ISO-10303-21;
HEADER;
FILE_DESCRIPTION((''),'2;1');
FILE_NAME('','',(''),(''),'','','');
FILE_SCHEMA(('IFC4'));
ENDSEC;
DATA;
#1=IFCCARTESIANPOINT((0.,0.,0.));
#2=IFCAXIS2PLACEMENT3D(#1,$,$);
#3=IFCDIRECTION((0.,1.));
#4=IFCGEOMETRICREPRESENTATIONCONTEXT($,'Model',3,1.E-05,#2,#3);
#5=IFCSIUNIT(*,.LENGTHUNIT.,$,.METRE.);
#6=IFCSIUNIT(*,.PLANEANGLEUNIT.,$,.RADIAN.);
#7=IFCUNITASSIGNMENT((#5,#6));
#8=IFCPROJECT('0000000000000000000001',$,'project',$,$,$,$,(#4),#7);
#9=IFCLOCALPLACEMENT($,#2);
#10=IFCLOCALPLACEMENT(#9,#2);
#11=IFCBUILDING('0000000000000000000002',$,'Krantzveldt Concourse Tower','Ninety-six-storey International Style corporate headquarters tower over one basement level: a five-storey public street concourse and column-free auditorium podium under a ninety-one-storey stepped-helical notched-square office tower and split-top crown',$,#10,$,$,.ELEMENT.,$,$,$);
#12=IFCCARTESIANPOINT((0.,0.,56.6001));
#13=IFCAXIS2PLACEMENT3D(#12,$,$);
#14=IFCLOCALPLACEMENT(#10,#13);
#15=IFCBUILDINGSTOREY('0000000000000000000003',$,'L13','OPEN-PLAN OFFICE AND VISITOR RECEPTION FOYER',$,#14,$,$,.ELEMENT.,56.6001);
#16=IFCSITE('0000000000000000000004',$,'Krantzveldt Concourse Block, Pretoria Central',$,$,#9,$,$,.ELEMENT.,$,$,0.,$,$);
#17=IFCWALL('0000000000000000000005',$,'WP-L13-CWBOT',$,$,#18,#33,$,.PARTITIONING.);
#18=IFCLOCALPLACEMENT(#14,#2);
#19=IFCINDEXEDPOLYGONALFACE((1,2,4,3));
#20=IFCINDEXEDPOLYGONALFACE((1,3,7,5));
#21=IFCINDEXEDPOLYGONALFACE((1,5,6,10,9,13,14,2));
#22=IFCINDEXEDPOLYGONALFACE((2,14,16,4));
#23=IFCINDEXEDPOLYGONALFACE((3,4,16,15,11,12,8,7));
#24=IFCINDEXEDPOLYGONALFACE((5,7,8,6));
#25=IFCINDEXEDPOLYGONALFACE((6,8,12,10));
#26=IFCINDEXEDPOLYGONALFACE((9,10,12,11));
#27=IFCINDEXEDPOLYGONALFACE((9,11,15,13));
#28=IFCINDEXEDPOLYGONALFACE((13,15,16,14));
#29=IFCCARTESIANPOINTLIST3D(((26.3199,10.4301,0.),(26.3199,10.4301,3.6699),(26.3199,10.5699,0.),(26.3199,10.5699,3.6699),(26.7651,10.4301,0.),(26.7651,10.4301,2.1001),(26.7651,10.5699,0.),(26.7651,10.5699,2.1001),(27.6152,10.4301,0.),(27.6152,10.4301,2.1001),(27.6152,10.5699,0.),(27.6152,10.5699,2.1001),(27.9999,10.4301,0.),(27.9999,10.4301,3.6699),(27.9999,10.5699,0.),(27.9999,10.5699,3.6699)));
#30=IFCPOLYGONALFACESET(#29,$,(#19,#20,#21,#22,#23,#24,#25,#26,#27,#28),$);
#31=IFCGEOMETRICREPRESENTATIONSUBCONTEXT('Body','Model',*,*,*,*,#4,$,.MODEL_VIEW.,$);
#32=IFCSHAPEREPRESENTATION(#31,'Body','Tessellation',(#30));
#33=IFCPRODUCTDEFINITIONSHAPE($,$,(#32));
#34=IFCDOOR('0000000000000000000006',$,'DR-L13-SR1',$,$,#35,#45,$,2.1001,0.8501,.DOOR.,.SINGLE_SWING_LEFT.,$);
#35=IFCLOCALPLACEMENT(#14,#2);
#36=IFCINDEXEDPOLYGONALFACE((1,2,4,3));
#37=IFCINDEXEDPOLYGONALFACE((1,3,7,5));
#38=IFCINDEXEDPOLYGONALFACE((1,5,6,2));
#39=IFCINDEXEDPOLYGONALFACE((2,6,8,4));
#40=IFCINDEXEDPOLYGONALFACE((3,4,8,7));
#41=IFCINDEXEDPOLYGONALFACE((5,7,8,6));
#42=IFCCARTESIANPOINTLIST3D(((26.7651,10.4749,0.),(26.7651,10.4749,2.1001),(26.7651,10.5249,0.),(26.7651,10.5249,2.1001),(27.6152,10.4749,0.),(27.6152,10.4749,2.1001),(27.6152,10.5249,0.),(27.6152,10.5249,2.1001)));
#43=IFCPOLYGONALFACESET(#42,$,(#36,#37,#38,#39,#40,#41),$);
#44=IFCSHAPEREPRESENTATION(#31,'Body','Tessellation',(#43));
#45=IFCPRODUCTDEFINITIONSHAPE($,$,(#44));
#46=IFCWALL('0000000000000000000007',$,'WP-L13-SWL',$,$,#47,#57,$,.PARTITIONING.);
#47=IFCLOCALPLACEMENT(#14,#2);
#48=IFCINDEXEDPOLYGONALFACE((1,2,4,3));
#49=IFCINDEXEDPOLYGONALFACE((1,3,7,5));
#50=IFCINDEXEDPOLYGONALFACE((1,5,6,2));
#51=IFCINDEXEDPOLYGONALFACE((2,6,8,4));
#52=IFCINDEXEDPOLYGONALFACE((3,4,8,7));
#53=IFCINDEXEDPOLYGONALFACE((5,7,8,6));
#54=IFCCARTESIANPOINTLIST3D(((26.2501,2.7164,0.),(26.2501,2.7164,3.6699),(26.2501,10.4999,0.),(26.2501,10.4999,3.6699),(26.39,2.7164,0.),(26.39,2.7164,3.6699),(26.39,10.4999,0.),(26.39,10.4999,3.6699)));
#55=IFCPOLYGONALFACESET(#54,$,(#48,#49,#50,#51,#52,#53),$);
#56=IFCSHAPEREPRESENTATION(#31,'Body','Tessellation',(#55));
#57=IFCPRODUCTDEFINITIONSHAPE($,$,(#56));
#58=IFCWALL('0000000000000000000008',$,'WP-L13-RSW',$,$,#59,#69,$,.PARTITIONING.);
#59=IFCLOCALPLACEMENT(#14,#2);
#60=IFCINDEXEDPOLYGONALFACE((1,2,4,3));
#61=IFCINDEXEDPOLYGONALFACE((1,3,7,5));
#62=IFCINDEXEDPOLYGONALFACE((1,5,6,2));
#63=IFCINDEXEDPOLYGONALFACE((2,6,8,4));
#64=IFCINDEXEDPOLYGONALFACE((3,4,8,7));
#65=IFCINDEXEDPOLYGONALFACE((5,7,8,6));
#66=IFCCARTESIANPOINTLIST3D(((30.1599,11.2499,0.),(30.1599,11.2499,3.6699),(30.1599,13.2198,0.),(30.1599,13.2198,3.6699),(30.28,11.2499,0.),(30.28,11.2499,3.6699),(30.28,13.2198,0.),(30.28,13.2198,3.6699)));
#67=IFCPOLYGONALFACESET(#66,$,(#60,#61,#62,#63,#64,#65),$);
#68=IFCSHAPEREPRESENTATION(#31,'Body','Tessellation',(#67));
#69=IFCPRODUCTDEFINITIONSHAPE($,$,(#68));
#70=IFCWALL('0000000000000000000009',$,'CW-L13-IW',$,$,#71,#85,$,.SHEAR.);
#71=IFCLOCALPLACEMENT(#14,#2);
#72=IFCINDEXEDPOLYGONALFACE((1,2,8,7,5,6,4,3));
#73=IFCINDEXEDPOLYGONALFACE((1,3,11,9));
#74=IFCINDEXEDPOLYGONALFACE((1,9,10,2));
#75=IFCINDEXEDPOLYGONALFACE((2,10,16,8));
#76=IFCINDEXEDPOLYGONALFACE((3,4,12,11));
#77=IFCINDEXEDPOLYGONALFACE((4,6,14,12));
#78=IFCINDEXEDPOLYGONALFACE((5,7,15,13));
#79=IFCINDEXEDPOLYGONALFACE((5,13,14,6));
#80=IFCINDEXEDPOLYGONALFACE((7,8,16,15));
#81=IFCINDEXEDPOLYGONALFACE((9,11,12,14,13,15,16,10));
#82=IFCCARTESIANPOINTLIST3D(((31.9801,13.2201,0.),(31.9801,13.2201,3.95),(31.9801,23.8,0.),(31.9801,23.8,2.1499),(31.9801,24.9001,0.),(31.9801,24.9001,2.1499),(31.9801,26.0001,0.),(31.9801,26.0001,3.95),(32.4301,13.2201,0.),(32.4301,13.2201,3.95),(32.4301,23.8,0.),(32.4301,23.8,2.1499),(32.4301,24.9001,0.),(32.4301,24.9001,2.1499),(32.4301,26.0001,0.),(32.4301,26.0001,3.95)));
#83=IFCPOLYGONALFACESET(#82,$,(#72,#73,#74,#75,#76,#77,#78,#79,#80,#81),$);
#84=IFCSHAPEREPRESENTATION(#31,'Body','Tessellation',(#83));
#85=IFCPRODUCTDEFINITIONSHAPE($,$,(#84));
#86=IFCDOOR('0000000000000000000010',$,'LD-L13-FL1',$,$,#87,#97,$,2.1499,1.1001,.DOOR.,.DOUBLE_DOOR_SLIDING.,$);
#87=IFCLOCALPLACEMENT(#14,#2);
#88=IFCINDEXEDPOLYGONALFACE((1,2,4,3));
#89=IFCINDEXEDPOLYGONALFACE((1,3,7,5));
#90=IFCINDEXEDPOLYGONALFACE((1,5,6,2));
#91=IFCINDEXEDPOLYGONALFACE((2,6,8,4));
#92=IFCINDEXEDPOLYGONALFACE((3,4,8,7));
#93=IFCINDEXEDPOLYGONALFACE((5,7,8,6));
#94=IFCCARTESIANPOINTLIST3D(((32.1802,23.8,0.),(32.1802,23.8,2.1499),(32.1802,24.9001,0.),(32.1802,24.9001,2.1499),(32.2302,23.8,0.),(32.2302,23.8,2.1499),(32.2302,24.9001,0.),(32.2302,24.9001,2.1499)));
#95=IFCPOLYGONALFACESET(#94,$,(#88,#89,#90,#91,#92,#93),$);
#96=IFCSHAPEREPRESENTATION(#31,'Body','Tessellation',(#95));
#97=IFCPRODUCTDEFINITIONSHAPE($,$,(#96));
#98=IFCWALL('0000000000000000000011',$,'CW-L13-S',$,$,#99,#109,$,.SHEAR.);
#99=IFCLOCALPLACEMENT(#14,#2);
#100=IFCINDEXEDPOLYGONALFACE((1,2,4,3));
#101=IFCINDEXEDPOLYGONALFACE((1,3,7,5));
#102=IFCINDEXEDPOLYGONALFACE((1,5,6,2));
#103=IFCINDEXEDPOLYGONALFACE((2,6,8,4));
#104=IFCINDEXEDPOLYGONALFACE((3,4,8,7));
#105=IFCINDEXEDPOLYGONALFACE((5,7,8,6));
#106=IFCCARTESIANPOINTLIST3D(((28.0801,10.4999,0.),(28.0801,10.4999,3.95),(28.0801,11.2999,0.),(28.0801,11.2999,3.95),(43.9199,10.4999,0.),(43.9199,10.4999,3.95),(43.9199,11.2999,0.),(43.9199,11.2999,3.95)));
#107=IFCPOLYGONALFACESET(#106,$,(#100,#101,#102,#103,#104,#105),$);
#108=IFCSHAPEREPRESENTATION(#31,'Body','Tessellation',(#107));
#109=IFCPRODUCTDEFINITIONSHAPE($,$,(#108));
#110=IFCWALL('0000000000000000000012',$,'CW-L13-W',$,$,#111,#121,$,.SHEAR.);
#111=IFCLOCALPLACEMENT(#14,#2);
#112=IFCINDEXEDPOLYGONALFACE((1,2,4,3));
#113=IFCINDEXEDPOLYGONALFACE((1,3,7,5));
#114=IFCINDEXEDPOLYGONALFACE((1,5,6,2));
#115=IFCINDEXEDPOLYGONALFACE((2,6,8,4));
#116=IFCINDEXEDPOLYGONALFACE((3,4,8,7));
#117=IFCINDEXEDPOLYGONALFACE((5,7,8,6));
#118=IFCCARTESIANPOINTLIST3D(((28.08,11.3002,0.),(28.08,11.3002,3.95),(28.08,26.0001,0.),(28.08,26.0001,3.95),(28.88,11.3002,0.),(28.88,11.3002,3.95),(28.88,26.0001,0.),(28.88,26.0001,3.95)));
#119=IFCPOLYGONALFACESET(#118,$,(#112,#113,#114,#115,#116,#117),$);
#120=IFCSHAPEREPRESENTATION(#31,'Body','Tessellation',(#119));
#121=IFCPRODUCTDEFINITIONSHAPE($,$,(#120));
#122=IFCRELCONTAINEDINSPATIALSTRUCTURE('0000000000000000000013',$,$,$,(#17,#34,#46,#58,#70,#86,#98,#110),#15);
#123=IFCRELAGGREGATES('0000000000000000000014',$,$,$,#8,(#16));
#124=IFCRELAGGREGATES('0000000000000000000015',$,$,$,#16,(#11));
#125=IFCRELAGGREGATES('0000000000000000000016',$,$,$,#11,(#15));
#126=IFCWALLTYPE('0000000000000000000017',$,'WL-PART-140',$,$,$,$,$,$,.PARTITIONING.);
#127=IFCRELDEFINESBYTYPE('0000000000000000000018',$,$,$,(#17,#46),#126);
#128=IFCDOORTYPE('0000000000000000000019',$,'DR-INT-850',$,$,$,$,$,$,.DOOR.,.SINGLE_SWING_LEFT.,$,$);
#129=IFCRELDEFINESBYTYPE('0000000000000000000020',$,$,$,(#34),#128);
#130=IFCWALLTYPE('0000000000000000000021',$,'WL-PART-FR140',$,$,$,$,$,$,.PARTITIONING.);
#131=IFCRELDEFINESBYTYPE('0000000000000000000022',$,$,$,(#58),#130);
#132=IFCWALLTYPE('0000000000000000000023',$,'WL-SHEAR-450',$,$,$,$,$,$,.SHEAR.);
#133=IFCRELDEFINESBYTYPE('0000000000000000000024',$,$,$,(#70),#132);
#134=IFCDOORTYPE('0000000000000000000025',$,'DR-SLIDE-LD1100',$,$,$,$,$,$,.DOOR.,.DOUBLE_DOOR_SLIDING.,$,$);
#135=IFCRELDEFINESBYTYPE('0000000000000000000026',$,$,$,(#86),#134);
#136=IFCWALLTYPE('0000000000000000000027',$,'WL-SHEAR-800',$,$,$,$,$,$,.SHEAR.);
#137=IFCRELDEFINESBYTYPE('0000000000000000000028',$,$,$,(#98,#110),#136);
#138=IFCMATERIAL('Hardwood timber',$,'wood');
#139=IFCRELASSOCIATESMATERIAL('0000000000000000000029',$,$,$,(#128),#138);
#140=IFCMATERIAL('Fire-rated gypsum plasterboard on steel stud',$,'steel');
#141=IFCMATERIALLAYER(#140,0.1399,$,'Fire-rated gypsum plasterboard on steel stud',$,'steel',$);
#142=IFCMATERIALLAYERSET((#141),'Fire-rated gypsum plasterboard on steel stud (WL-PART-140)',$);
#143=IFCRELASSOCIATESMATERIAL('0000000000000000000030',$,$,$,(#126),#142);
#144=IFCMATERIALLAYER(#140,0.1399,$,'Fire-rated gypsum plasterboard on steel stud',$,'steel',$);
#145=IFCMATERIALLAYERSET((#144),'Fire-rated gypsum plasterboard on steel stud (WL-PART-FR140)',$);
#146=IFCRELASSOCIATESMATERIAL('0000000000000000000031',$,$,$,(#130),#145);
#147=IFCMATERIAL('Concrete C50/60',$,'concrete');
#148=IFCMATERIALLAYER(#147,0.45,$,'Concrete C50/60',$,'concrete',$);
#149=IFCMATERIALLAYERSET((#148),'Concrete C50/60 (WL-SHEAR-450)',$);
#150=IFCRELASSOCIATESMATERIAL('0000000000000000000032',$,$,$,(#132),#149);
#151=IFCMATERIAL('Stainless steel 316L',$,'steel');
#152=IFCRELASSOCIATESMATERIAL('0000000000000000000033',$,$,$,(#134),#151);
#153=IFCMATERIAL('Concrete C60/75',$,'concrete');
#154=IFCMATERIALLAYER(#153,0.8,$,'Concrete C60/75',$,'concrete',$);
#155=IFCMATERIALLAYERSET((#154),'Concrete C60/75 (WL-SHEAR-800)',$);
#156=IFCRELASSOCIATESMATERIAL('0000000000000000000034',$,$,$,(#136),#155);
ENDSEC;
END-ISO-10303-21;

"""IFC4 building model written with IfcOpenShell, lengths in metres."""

from ifc_helpers import new_model, si_unit, direction, frame, frame_2d, origin, place, context, subcontext, project, spatial, rectangle, extrude, material, layer, layer_set, type_object, element, fill, save


model = new_model("IFC4")

# Units and contexts
model_context = context("Model", 3, precision=1e-05, world=origin(), true_north=direction((0.0, 1.0)))
body_context = subcontext(model_context, "Body", "Model", "MODEL_VIEW")
ifc_project = project(units=[si_unit("LENGTHUNIT", "METRE"), si_unit("PLANEANGLEUNIT", "RADIAN")], contexts=[model_context])

# Site, building, storey
site_placement = place(None, origin())
site = spatial("IfcSite", under=ifc_project, at=site_placement, Name="Krantzveldt Concourse Block, Pretoria Central", CompositionType="ELEMENT", RefElevation=0.0)
building_placement = place(site_placement, origin())
building = spatial("IfcBuilding", under=site, at=building_placement, Name="Krantzveldt Concourse Tower", Description="Ninety-six-storey International Style corporate headquarters tower over one basement level: a five-storey public street concourse and column-free auditorium podium under a ninety-one-storey stepped-helical notched-square office tower and split-top crown", CompositionType="ELEMENT")
storey_placement = place(building_placement, frame((0.0, 0.0, 56.6001)))
storey = spatial("IfcBuildingStorey", under=building, at=storey_placement, Name="L13", Description="OPEN-PLAN OFFICE AND VISITOR RECEPTION FOYER", CompositionType="ELEMENT", Elevation=56.6001)

# Shared definitions
ifc_material_1 = material(Name="Fire-rated gypsum plasterboard on steel stud", Category="steel")
ifc_material_2 = material(Name="Hardwood timber", Category="wood")
door_type_1 = type_object("IfcDoorType", Name="DR-INT-850", OperationType="SINGLE_SWING_LEFT", PredefinedType="DOOR", material=ifc_material_2)
ifc_layer_1 = layer(ifc_material_1, 0.1399, Name="Fire-rated gypsum plasterboard on steel stud", Category="steel")
ifc_layer_set_1 = layer_set([ifc_layer_1], Name="Fire-rated gypsum plasterboard on steel stud (WL-PART-140)")
wall_type_1 = type_object("IfcWallType", Name="WL-PART-140", PredefinedType="PARTITIONING", material=ifc_layer_set_1)

# Wall, opening, door
wall_1_placement = place(storey_placement, frame((26.3201, 10.5, 0.0), z_axis=(0.0, 0.0, 1.0), x_axis=(1.0, 0.0, 0.0)))
wall_1 = element("IfcWall", 1, at=wall_1_placement, inside=storey, type_object=wall_type_1, Name="WP-L13-CWBOT", PredefinedType="PARTITIONING", context=body_context, shape_type="SweptSolid", body=[
    extrude(rectangle(XDim=1.6799, YDim=0.1399, at=frame_2d((0.8398, 0.0))), origin(), (0.0, 0.0, 1.0), 3.6699),
])
opening_1_placement = place(wall_1_placement, frame((0.4451, 0.0, 0.0)))
opening_1 = element("IfcOpeningElement", 2, at=opening_1_placement, cuts=wall_1, PredefinedType="OPENING", context=body_context, shape_type="SweptSolid", body=[
    extrude(rectangle(XDim=0.8501, YDim=2.1001, at=frame_2d((0.425, 1.05))), frame((0.0, 0.0801, 0.0), z_axis=(0.0, -1.0, 0.0), x_axis=(1.0, 0.0, 0.0)), (0.0, 0.0, 1.0), 0.1599),
])
door_1_placement = place(opening_1_placement, origin())
door_1 = element("IfcDoor", 3, at=door_1_placement, inside=storey, type_object=door_type_1, Name="DR-L13-SR1", OperationType="SINGLE_SWING_LEFT", OverallHeight=2.1001, OverallWidth=0.8501, PredefinedType="DOOR", context=body_context, shape_type="SweptSolid", body=[
    extrude(rectangle(XDim=0.8501, YDim=2.1001, at=frame_2d((0.425, 1.05))), frame((0.0, 0.0249, 0.0), z_axis=(0.0, -1.0, 0.0), x_axis=(1.0, 0.0, 0.0)), (0.0, 0.0, 1.0), 0.05),
])
fill(opening_1, door_1)

# Walls
wall_2_placement = place(storey_placement, frame((26.3201, 2.7166, 0.0), z_axis=(0.0, 0.0, 1.0), x_axis=(0.0, 1.0, 0.0)))
element("IfcWall", 4, at=wall_2_placement, inside=storey, type_object=wall_type_1, Name="WP-L13-SWL", PredefinedType="PARTITIONING", context=body_context, shape_type="SweptSolid", body=[
    extrude(rectangle(XDim=7.7834, YDim=0.1399, at=frame_2d((3.8916, 0.0))), origin(), (0.0, 0.0, 1.0), 3.6699),
])
ifc_layer_2 = layer(ifc_material_1, 0.1399, Name="Fire-rated gypsum plasterboard on steel stud", Category="steel")
ifc_layer_set_2 = layer_set([ifc_layer_2], Name="Fire-rated gypsum plasterboard on steel stud (WL-PART-FR140)")
wall_type_2 = type_object("IfcWallType", Name="WL-PART-FR140", PredefinedType="PARTITIONING", material=ifc_layer_set_2)
wall_3_placement = place(storey_placement, frame((30.22, 11.25, 0.0), z_axis=(0.0, 0.0, 1.0), x_axis=(0.0, 1.0, 0.0)))
element("IfcWall", 5, at=wall_3_placement, inside=storey, type_object=wall_type_2, Name="WP-L13-RSW", PredefinedType="PARTITIONING", context=body_context, shape_type="SweptSolid", body=[
    extrude(rectangle(XDim=1.97, YDim=0.1201, at=frame_2d((0.9849, 0.0))), origin(), (0.0, 0.0, 1.0), 3.6699),
])

# Wall, opening, door
ifc_material_3 = material(Name="Concrete C50/60", Category="concrete")
ifc_layer_3 = layer(ifc_material_3, 0.45, Name="Concrete C50/60", Category="concrete")
ifc_layer_set_3 = layer_set([ifc_layer_3], Name="Concrete C50/60 (WL-SHEAR-450)")
wall_type_3 = type_object("IfcWallType", Name="WL-SHEAR-450", PredefinedType="SHEAR", material=ifc_layer_set_3)
wall_4_placement = place(storey_placement, frame((32.2051, 13.22, 0.0), z_axis=(0.0, 0.0, 1.0), x_axis=(0.0, 1.0, 0.0)))
wall_4 = element("IfcWall", 6, at=wall_4_placement, inside=storey, type_object=wall_type_3, Name="CW-L13-IW", PredefinedType="SHEAR", context=body_context, shape_type="SweptSolid", body=[
    extrude(rectangle(XDim=12.78, YDim=0.45, at=frame_2d((6.3901, 0.0))), origin(), (0.0, 0.0, 1.0), 3.95),
])
opening_2_placement = place(wall_4_placement, frame((10.5801, 0.0, 0.0)))
opening_2 = element("IfcOpeningElement", 7, at=opening_2_placement, cuts=wall_4, PredefinedType="OPENING", context=body_context, shape_type="SweptSolid", body=[
    extrude(rectangle(XDim=1.1001, YDim=2.1499, at=frame_2d((0.55, 1.075))), frame((0.0, 0.2349, 0.0), z_axis=(0.0, -1.0, 0.0), x_axis=(1.0, 0.0, 0.0)), (0.0, 0.0, 1.0), 0.47),
])
ifc_material_4 = material(Name="Stainless steel 316L", Category="steel")
door_type_2 = type_object("IfcDoorType", Name="DR-SLIDE-LD1100", OperationType="DOUBLE_DOOR_SLIDING", PredefinedType="DOOR", material=ifc_material_4)
door_2_placement = place(opening_2_placement, origin())
door_2 = element("IfcDoor", 8, at=door_2_placement, inside=storey, type_object=door_type_2, Name="LD-L13-FL1", OperationType="DOUBLE_DOOR_SLIDING", OverallHeight=2.1499, OverallWidth=1.1001, PredefinedType="DOOR", context=body_context, shape_type="SweptSolid", body=[
    extrude(rectangle(XDim=1.1001, YDim=2.1499, at=frame_2d((0.55, 1.075))), frame((0.0, 0.0249, 0.0), z_axis=(0.0, -1.0, 0.0), x_axis=(1.0, 0.0, 0.0)), (0.0, 0.0, 1.0), 0.05),
])
fill(opening_2, door_2)

# Walls
ifc_material_5 = material(Name="Concrete C60/75", Category="concrete")
ifc_layer_4 = layer(ifc_material_5, 0.8, Name="Concrete C60/75", Category="concrete")
ifc_layer_set_4 = layer_set([ifc_layer_4], Name="Concrete C60/75 (WL-SHEAR-800)")
wall_type_4 = type_object("IfcWallType", Name="WL-SHEAR-800", PredefinedType="SHEAR", material=ifc_layer_set_4)
wall_5_placement = place(storey_placement, frame((28.0801, 10.8999, 0.0), z_axis=(0.0, 0.0, 1.0), x_axis=(1.0, 0.0, 0.0)))
element("IfcWall", 9, at=wall_5_placement, inside=storey, type_object=wall_type_4, Name="CW-L13-S", PredefinedType="SHEAR", context=body_context, shape_type="SweptSolid", body=[
    extrude(rectangle(XDim=15.8398, YDim=0.8, at=frame_2d((7.9199, 0.0))), origin(), (0.0, 0.0, 1.0), 3.95),
])
wall_6_placement = place(storey_placement, frame((28.48, 11.3, 0.0), z_axis=(0.0, 0.0, 1.0), x_axis=(0.0, 1.0, 0.0)))
element("IfcWall", 10, at=wall_6_placement, inside=storey, type_object=wall_type_4, Name="CW-L13-W", PredefinedType="SHEAR", context=body_context, shape_type="SweptSolid", body=[
    extrude(rectangle(XDim=14.7, YDim=0.8, at=frame_2d((7.3501, 0.0))), origin(), (0.0, 0.0, 1.0), 3.95),
])

save(model, "model.ifc")
